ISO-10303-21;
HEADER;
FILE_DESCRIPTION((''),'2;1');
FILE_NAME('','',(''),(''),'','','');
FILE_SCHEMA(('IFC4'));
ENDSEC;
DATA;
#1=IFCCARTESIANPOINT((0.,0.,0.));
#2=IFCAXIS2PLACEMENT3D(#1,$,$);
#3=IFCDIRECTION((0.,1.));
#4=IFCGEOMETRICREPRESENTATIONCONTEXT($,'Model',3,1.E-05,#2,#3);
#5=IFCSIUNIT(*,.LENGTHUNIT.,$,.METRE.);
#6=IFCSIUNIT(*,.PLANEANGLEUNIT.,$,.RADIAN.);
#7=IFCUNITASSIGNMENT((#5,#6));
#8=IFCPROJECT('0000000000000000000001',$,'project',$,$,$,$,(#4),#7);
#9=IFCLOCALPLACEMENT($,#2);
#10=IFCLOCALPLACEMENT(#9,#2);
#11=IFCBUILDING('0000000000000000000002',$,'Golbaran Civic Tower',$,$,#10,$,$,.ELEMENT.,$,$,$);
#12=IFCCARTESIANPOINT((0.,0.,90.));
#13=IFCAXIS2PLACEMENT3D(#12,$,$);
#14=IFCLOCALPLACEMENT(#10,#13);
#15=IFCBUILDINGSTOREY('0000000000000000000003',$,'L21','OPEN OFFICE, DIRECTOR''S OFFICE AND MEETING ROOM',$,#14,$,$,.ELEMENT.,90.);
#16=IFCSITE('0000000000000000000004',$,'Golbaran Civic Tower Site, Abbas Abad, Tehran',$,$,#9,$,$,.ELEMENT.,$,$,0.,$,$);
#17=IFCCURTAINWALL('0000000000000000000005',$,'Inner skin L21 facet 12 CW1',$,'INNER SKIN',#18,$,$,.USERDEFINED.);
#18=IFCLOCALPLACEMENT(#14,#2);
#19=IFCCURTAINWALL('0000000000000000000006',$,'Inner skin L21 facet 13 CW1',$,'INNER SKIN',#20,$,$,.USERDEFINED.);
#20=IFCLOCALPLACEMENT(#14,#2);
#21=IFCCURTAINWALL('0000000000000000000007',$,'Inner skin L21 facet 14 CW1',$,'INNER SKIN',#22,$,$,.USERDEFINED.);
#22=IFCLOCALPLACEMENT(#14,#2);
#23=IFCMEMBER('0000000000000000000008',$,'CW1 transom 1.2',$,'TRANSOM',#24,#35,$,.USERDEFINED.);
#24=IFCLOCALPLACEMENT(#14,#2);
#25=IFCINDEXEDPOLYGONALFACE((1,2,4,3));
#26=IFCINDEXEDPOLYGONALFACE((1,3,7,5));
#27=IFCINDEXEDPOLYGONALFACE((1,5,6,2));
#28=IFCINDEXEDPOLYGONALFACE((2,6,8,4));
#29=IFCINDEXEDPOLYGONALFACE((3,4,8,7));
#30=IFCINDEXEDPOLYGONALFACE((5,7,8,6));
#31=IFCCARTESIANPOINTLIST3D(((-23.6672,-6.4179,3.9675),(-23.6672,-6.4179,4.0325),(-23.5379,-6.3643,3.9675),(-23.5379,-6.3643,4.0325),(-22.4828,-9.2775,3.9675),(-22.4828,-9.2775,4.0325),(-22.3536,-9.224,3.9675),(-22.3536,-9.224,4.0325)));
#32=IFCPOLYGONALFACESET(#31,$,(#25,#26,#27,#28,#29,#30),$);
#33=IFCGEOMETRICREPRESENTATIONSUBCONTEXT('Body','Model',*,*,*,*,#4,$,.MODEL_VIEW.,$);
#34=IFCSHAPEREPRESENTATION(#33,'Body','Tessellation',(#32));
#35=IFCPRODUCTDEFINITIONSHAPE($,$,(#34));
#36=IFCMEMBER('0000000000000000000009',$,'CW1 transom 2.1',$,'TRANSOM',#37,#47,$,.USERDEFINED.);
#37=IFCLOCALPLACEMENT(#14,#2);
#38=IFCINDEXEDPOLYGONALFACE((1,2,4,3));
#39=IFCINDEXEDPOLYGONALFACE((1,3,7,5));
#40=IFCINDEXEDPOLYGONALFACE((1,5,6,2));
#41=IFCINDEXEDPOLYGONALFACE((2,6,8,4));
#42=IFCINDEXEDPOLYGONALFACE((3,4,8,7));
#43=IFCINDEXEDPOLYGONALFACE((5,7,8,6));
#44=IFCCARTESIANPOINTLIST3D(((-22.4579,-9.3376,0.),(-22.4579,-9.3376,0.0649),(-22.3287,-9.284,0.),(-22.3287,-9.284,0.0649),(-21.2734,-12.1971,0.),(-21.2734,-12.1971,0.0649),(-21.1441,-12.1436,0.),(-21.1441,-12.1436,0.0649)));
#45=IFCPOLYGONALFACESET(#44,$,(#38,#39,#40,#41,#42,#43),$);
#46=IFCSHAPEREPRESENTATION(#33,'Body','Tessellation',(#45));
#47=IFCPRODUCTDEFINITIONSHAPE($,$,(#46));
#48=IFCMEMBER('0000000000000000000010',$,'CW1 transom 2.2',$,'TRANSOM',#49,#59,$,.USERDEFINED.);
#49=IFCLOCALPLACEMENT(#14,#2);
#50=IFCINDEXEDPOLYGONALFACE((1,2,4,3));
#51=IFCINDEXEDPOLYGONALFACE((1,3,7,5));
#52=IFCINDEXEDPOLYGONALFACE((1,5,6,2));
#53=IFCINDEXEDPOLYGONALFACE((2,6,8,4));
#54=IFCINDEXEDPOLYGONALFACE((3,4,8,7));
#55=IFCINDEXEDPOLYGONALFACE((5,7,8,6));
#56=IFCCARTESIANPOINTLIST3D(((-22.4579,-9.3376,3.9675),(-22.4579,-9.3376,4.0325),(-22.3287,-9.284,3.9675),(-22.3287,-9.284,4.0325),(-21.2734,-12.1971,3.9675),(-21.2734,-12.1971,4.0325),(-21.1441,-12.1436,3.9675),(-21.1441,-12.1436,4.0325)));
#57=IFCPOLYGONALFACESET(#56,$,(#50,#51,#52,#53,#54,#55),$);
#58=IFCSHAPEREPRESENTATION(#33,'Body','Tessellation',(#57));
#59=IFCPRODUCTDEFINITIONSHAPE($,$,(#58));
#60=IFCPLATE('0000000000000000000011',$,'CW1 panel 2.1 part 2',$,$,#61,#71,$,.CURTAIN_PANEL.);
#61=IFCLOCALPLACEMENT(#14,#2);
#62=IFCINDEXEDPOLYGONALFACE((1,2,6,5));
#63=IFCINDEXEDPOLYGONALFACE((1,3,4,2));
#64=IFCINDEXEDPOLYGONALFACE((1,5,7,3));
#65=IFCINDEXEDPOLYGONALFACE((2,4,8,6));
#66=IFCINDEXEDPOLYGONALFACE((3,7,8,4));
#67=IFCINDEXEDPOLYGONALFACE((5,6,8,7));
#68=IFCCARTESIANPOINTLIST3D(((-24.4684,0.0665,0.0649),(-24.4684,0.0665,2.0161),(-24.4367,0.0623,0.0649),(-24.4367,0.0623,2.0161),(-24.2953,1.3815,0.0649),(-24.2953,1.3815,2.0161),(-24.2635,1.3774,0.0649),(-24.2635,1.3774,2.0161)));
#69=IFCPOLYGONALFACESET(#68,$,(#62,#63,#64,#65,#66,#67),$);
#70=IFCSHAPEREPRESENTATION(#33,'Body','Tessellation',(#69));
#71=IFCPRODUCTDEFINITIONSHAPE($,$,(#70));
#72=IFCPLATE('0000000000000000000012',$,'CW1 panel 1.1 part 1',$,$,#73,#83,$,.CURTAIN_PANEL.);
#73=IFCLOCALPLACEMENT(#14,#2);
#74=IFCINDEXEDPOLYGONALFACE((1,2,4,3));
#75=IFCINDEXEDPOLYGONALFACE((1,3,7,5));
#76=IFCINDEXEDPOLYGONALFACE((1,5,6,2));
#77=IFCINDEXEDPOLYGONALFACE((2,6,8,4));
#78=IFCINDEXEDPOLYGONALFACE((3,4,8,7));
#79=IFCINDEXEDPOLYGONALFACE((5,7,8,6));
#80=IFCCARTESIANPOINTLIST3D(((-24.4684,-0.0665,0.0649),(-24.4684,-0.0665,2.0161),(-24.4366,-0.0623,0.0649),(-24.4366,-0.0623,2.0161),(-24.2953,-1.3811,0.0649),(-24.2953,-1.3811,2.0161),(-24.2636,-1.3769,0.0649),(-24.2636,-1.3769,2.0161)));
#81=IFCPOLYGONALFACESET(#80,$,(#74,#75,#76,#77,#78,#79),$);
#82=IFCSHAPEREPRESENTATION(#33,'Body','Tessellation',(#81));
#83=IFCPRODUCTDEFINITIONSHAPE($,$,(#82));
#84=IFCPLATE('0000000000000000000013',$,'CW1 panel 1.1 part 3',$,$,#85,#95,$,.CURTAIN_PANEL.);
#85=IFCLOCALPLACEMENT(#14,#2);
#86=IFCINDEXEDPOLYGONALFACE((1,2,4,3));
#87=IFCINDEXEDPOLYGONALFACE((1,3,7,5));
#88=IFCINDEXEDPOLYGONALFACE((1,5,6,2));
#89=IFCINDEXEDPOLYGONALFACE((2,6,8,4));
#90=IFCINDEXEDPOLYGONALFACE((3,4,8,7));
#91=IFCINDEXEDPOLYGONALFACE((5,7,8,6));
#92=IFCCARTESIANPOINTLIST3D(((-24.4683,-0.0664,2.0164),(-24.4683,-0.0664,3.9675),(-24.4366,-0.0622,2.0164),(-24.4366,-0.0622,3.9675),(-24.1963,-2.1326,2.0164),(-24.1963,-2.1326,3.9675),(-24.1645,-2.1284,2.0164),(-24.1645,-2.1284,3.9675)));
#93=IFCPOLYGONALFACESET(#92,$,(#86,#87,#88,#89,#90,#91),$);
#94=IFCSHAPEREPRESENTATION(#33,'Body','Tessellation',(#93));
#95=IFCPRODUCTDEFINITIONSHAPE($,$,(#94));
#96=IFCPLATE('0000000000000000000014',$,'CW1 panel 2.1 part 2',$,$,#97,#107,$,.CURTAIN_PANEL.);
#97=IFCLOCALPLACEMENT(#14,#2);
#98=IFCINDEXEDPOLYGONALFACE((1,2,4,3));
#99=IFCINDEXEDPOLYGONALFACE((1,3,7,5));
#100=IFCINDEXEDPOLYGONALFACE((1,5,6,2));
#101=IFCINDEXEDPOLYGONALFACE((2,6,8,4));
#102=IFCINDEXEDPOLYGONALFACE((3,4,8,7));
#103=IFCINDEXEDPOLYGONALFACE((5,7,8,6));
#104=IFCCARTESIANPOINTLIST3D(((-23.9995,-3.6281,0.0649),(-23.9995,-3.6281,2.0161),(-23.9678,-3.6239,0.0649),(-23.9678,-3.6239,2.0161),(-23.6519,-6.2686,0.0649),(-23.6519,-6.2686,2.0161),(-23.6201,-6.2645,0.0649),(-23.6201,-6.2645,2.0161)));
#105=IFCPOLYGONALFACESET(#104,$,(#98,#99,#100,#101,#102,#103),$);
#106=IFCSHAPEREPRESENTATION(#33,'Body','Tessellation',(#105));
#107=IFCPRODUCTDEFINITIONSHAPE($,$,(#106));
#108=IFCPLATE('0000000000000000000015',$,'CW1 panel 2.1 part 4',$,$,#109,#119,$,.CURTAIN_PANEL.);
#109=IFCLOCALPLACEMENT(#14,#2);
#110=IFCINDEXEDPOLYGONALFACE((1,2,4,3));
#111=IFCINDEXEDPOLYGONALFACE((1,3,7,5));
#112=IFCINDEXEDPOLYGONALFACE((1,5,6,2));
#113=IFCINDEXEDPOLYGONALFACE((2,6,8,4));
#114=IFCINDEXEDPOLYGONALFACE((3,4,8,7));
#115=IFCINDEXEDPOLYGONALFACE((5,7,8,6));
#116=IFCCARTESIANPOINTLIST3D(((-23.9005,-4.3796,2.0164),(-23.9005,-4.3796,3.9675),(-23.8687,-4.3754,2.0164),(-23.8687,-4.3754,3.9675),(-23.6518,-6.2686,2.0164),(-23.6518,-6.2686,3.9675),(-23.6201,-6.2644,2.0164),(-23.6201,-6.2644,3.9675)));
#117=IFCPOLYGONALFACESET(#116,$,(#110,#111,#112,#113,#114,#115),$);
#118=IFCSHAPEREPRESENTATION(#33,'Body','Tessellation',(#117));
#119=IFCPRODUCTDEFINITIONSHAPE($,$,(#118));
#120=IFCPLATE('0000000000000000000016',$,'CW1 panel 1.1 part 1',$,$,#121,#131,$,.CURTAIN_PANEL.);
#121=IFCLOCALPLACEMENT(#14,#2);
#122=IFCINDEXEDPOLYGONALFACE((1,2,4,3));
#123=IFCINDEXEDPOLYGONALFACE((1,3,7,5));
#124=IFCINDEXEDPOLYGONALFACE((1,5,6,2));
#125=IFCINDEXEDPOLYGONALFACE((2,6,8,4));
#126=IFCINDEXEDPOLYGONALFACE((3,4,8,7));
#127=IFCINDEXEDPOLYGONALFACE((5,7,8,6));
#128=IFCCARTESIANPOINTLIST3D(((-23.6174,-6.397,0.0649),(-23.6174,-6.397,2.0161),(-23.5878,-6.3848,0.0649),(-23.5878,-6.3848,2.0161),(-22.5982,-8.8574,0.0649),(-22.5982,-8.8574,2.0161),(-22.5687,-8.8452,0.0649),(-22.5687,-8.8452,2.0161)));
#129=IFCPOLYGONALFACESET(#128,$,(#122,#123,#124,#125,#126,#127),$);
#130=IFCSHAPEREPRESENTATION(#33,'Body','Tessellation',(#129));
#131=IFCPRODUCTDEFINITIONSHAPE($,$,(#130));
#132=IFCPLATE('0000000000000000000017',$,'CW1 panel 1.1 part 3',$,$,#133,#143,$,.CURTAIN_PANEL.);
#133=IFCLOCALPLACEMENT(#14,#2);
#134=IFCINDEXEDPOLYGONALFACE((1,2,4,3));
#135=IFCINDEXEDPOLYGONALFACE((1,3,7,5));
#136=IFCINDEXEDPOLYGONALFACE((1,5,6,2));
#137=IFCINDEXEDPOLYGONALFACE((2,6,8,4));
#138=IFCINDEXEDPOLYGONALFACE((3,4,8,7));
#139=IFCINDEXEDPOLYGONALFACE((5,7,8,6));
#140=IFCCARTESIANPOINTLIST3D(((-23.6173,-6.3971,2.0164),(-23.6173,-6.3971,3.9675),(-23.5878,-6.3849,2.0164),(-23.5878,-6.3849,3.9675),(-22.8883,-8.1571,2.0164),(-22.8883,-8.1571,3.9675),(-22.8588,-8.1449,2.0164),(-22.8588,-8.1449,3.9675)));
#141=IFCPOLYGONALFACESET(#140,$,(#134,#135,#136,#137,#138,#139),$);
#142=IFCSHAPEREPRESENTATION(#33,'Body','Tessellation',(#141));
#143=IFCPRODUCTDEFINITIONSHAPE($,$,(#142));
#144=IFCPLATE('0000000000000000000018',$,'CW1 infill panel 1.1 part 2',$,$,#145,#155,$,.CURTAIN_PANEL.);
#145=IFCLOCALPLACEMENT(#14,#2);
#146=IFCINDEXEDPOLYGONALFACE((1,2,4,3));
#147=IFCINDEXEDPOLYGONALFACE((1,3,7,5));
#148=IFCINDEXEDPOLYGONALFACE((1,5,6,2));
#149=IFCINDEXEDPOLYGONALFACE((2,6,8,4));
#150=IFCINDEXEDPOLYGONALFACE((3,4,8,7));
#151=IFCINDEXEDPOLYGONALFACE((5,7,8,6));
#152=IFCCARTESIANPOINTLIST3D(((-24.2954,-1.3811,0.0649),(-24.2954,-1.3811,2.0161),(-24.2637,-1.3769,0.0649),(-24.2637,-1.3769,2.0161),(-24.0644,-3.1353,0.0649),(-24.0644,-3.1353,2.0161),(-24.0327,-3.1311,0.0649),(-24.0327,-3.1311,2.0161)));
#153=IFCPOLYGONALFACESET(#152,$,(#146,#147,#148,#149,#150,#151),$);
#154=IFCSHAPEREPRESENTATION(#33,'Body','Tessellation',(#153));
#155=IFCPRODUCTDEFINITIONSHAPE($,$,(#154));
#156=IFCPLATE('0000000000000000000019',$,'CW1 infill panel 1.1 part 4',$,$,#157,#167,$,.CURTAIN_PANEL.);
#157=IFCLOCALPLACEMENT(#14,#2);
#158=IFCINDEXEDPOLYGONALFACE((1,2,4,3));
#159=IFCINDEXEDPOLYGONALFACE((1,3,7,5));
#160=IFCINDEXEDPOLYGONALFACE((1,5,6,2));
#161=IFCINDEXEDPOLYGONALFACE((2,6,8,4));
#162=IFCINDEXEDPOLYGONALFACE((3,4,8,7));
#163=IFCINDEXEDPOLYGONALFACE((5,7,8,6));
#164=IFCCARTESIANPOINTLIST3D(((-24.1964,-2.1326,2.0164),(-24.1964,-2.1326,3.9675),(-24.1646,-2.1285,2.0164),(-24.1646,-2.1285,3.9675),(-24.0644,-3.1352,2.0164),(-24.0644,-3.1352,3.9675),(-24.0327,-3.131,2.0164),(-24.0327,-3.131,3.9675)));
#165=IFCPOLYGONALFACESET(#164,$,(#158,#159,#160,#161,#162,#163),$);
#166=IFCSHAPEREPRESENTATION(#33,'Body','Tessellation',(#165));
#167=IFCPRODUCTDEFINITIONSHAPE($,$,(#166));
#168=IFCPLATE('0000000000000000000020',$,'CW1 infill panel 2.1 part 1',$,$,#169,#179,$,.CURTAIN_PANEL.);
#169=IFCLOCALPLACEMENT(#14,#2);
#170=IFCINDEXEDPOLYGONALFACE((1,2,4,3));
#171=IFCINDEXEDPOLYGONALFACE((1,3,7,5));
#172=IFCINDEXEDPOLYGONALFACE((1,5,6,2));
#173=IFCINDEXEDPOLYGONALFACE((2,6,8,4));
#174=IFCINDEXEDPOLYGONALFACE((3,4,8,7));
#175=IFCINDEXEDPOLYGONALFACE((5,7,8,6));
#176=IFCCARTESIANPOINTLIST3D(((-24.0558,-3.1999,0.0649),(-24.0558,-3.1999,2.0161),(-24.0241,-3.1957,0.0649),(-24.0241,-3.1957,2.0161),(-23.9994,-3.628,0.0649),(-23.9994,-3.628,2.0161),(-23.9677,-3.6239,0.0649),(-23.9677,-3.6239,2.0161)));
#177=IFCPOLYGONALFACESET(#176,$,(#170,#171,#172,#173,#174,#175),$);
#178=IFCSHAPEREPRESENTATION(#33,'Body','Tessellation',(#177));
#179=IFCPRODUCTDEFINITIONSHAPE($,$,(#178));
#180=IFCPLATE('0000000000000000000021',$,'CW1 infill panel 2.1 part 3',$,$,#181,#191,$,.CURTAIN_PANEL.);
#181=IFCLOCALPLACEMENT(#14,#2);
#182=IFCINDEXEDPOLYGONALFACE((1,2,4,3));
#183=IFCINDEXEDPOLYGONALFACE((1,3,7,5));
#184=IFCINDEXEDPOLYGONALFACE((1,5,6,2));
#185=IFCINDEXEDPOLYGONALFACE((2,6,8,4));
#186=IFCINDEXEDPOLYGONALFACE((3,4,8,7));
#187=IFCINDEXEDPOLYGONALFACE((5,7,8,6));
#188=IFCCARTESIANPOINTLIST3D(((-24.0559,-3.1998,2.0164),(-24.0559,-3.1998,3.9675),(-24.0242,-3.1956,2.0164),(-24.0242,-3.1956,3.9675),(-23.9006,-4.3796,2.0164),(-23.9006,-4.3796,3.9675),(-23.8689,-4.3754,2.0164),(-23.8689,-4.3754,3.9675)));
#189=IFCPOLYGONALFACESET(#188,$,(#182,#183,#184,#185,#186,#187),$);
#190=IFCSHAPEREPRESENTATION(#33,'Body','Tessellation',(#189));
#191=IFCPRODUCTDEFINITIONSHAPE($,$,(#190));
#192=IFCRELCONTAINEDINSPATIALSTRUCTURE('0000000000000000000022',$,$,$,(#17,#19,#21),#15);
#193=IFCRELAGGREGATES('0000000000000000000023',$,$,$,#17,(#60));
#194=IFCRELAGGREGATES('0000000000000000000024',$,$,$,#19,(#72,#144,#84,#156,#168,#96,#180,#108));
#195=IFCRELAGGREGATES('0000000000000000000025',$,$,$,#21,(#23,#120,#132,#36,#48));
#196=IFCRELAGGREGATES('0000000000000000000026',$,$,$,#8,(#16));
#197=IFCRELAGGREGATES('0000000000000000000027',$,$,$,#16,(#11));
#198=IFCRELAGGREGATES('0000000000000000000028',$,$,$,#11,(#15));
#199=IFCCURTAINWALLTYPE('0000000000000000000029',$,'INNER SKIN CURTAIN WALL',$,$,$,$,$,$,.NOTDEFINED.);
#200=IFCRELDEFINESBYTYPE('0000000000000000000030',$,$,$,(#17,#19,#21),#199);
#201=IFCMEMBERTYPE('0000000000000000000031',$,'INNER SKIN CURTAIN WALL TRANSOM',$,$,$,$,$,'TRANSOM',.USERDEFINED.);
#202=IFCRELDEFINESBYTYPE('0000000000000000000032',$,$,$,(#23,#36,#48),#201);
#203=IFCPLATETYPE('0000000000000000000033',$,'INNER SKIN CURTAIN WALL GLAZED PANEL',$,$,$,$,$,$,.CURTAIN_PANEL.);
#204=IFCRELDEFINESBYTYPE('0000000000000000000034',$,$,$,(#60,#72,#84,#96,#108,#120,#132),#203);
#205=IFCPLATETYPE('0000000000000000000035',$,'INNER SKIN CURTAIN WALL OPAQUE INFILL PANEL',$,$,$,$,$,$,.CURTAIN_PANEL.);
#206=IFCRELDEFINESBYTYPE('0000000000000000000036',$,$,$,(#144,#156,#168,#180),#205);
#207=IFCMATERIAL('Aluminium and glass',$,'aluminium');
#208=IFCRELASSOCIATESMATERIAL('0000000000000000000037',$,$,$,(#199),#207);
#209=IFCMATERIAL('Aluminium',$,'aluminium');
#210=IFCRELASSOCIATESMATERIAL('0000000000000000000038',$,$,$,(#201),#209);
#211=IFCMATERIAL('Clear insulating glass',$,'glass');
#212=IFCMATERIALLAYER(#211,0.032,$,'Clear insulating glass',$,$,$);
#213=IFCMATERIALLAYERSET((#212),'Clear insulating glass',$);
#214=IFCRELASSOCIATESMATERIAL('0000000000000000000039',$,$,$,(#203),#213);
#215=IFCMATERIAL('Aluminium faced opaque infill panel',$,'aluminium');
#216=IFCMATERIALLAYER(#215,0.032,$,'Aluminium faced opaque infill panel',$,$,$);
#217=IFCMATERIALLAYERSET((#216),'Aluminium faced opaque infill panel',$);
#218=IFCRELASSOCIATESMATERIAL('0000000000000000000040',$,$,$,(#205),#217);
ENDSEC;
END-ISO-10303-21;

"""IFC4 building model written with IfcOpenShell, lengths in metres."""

from ifc_helpers import new_model, si_unit, direction, frame, origin, origin_2d, place, context, subcontext, project, spatial, rectangle, extrude, material, layer, layer_set, material_profile, profile_set, type_object, element, aggregate, save


model = new_model("IFC4")

# Units and contexts
model_context = context("Model", 3, precision=1e-05, world=origin(), true_north=direction((0.0, 1.0)))
body_context = subcontext(model_context, "Body", "Model", "MODEL_VIEW")
ifc_project = project(units=[si_unit("LENGTHUNIT", "METRE"), si_unit("PLANEANGLEUNIT", "RADIAN")], contexts=[model_context])

# Site, building, storey
site_placement = place(None, origin())
site = spatial("IfcSite", under=ifc_project, at=site_placement, Name="Golbaran Civic Tower Site, Abbas Abad, Tehran", CompositionType="ELEMENT", RefElevation=0.0)
building_placement = place(site_placement, origin())
building = spatial("IfcBuilding", under=site, at=building_placement, Name="Golbaran Civic Tower", CompositionType="ELEMENT")
storey_placement = place(building_placement, frame((0.0, 0.0, 90.0)))
storey = spatial("IfcBuildingStorey", under=building, at=storey_placement, Name="L21", Description="OPEN OFFICE, DIRECTOR'S OFFICE AND MEETING ROOM", CompositionType="ELEMENT", Elevation=90.0)

# Curtain wall
ifc_material_1 = material(Name="Aluminium and glass", Category="aluminium")
curtain_wall_type = type_object("IfcCurtainWallType", Name="INNER SKIN CURTAIN WALL", PredefinedType="NOTDEFINED", material=ifc_material_1)
curtain_wall_1_placement = place(storey_placement, origin())
curtain_wall_1 = element("IfcCurtainWall", 1, at=curtain_wall_1_placement, inside=storey, type_object=curtain_wall_type, Name="Inner skin L21 facet 12 CW1", ObjectType="INNER SKIN", PredefinedType="USERDEFINED")
ifc_material_2 = material(Name="Aluminium", Category="aluminium")

# Curtain walls
curtain_wall_2_placement = place(storey_placement, origin())
curtain_wall_2 = element("IfcCurtainWall", 2, at=curtain_wall_2_placement, inside=storey, type_object=curtain_wall_type, Name="Inner skin L21 facet 13 CW1", ObjectType="INNER SKIN", PredefinedType="USERDEFINED")
curtain_wall_3_placement = place(storey_placement, origin())
curtain_wall_3 = element("IfcCurtainWall", 3, at=curtain_wall_3_placement, inside=storey, type_object=curtain_wall_type, Name="Inner skin L21 facet 14 CW1", ObjectType="INNER SKIN", PredefinedType="USERDEFINED")

# Members
ifc_material_profile_1 = material_profile(ifc_material_2, rectangle(XDim=0.1399, YDim=0.0649, at=origin_2d()), Name="INNER SKIN CURTAIN WALL TRANSOM")
ifc_profile_set_1 = profile_set([ifc_material_profile_1], Name="Aluminium")
member_type_1 = type_object("IfcMemberType", Name="INNER SKIN CURTAIN WALL TRANSOM", ElementType="TRANSOM", PredefinedType="USERDEFINED", material=ifc_profile_set_1)
member_1_placement = place(storey_placement, frame((-23.6025, -6.3911, 4.0), z_axis=(0.382637, -0.923899, 0.0), x_axis=(0.923899, 0.382637, 0.0)))
member_1 = element("IfcMember", 4, at=member_1_placement, type_object=member_type_1, Name="CW1 transom 1.2", ObjectType="TRANSOM", PredefinedType="USERDEFINED", context=body_context, shape_type="SweptSolid", body=[
    extrude(rectangle(XDim=0.1399, YDim=0.0649, at=origin_2d()), origin(), (0.0, 0.0, 1.0), 3.0952),
])
member_2_placement = place(storey_placement, frame((-22.3933, -9.3108, 0.0325), z_axis=(0.382705, -0.923871, 0.0), x_axis=(0.923871, 0.382705, 0.0)))
member_2 = element("IfcMember", 5, at=member_2_placement, type_object=member_type_1, Name="CW1 transom 2.1", ObjectType="TRANSOM", PredefinedType="USERDEFINED", context=body_context, shape_type="SweptSolid", body=[
    extrude(rectangle(XDim=0.1399, YDim=0.0649, at=origin_2d()), origin(), (0.0, 0.0, 1.0), 3.0952),
])
member_3_placement = place(storey_placement, frame((-22.3933, -9.3108, 4.0), z_axis=(0.382705, -0.923871, 0.0), x_axis=(0.923871, 0.382705, 0.0)))
member_3 = element("IfcMember", 6, at=member_3_placement, type_object=member_type_1, Name="CW1 transom 2.2", ObjectType="TRANSOM", PredefinedType="USERDEFINED", context=body_context, shape_type="SweptSolid", body=[
    extrude(rectangle(XDim=0.1399, YDim=0.0649, at=origin_2d()), origin(), (0.0, 0.0, 1.0), 3.0952),
])

# Plates
ifc_material_3 = material(Name="Clear insulating glass", Category="glass")
ifc_layer_1 = layer(ifc_material_3, 0.032, Name="Clear insulating glass")
ifc_layer_set_1 = layer_set([ifc_layer_1], Name="Clear insulating glass")
plate_type_1 = type_object("IfcPlateType", Name="INNER SKIN CURTAIN WALL GLAZED PANEL", PredefinedType="CURTAIN_PANEL", material=ifc_layer_set_1)
plate_1_placement = place(storey_placement, frame((-24.366, 0.7219, 0.0649), z_axis=(0.0, 0.0, 1.0), x_axis=(-0.130526, -0.991445, 0.0)))
plate_1 = element("IfcPlate", 7, at=plate_1_placement, type_object=plate_type_1, Name="CW1 panel 2.1 part 2", PredefinedType="CURTAIN_PANEL", context=body_context, shape_type="SweptSolid", body=[
    extrude(rectangle(XDim=1.3264, YDim=0.032, at=origin_2d()), origin(), (0.0, 0.0, 1.0), 1.9512),
])
aggregate(curtain_wall_1, [plate_1])
plate_2_placement = place(storey_placement, frame((-24.366, -0.7217, 0.0649), z_axis=(0.0, 0.0, 1.0), x_axis=(0.130526, -0.991445, 0.0)))
plate_2 = element("IfcPlate", 8, at=plate_2_placement, type_object=plate_type_1, Name="CW1 panel 1.1 part 1", PredefinedType="CURTAIN_PANEL", context=body_context, shape_type="SweptSolid", body=[
    extrude(rectangle(XDim=1.3259, YDim=0.032, at=origin_2d()), origin(), (0.0, 0.0, 1.0), 1.9512),
])
plate_3_placement = place(storey_placement, frame((-24.3164, -1.0974, 2.0164), z_axis=(0.0, 0.0, 1.0), x_axis=(0.130526, -0.991445, 0.0)))
plate_3 = element("IfcPlate", 9, at=plate_3_placement, type_object=plate_type_1, Name="CW1 panel 1.1 part 3", PredefinedType="CURTAIN_PANEL", context=body_context, shape_type="SweptSolid", body=[
    extrude(rectangle(XDim=2.084, YDim=0.032, at=origin_2d()), origin(), (0.0, 0.0, 1.0), 1.9512),
])
plate_4_placement = place(storey_placement, frame((-23.8098, -4.9463, 0.0649), z_axis=(0.0, 0.0, 1.0), x_axis=(0.130526, -0.991445, 0.0)))
plate_4 = element("IfcPlate", 10, at=plate_4_placement, type_object=plate_type_1, Name="CW1 panel 2.1 part 2", PredefinedType="CURTAIN_PANEL", context=body_context, shape_type="SweptSolid", body=[
    extrude(rectangle(XDim=2.6633, YDim=0.032, at=origin_2d()), origin(), (0.0, 0.0, 1.0), 1.9512),
])
plate_5_placement = place(storey_placement, frame((-23.7603, -5.322, 2.0164), z_axis=(0.0, 0.0, 1.0), x_axis=(0.130526, -0.991445, 0.0)))
plate_5 = element("IfcPlate", 11, at=plate_5_placement, type_object=plate_type_1, Name="CW1 panel 2.1 part 4", PredefinedType="CURTAIN_PANEL", context=body_context, shape_type="SweptSolid", body=[
    extrude(rectangle(XDim=1.9053, YDim=0.032, at=origin_2d()), origin(), (0.0, 0.0, 1.0), 1.9512),
])
plate_6_placement = place(storey_placement, frame((-23.093, -7.6211, 0.0649), z_axis=(0.0, 0.0, 1.0), x_axis=(0.382683, -0.92388, 0.0)))
plate_6 = element("IfcPlate", 12, at=plate_6_placement, type_object=plate_type_1, Name="CW1 panel 1.1 part 1", PredefinedType="CURTAIN_PANEL", context=body_context, shape_type="SweptSolid", body=[
    extrude(rectangle(XDim=2.6631, YDim=0.032, at=origin_2d()), origin(), (0.0, 0.0, 1.0), 1.9512),
])
plate_7_placement = place(storey_placement, frame((-23.238, -7.271, 2.0164), z_axis=(0.0, 0.0, 1.0), x_axis=(0.382683, -0.92388, 0.0)))
plate_7 = element("IfcPlate", 13, at=plate_7_placement, type_object=plate_type_1, Name="CW1 panel 1.1 part 3", PredefinedType="CURTAIN_PANEL", context=body_context, shape_type="SweptSolid", body=[
    extrude(rectangle(XDim=1.905, YDim=0.032, at=origin_2d()), origin(), (0.0, 0.0, 1.0), 1.9512),
])
ifc_material_4 = material(Name="Aluminium faced opaque infill panel", Category="aluminium")
ifc_layer_2 = layer(ifc_material_4, 0.032, Name="Aluminium faced opaque infill panel")
ifc_layer_set_2 = layer_set([ifc_layer_2], Name="Aluminium faced opaque infill panel")
plate_type_2 = type_object("IfcPlateType", Name="INNER SKIN CURTAIN WALL OPAQUE INFILL PANEL", PredefinedType="CURTAIN_PANEL", material=ifc_layer_set_2)
plate_8_placement = place(storey_placement, frame((-24.1641, -2.2561, 0.0649), z_axis=(0.0, 0.0, 1.0), x_axis=(0.130526, -0.991445, 0.0)))
plate_8 = element("IfcPlate", 14, at=plate_8_placement, type_object=plate_type_2, Name="CW1 infill panel 1.1 part 2", PredefinedType="CURTAIN_PANEL", context=body_context, shape_type="SweptSolid", body=[
    extrude(rectangle(XDim=1.7693, YDim=0.032, at=origin_2d()), origin(), (0.0, 0.0, 1.0), 1.9512),
])
plate_9_placement = place(storey_placement, frame((-24.1145, -2.6318, 2.0164), z_axis=(0.0, 0.0, 1.0), x_axis=(0.130526, -0.991445, 0.0)))
plate_9 = element("IfcPlate", 15, at=plate_9_placement, type_object=plate_type_2, Name="CW1 infill panel 1.1 part 4", PredefinedType="CURTAIN_PANEL", context=body_context, shape_type="SweptSolid", body=[
    extrude(rectangle(XDim=1.0112, YDim=0.032, at=origin_2d()), origin(), (0.0, 0.0, 1.0), 1.9512),
])
plate_10_placement = place(storey_placement, frame((-24.0117, -3.4119, 0.0649), z_axis=(0.0, 0.0, 1.0), x_axis=(0.130526, -0.991445, 0.0)))
plate_10 = element("IfcPlate", 16, at=plate_10_placement, type_object=plate_type_2, Name="CW1 infill panel 2.1 part 1", PredefinedType="CURTAIN_PANEL", context=body_context, shape_type="SweptSolid", body=[
    extrude(rectangle(XDim=0.4319, YDim=0.032, at=origin_2d()), origin(), (0.0, 0.0, 1.0), 1.9512),
])
plate_11_placement = place(storey_placement, frame((-23.9624, -3.7876, 2.0164), z_axis=(0.0, 0.0, 1.0), x_axis=(0.130526, -0.991445, 0.0)))
plate_11 = element("IfcPlate", 17, at=plate_11_placement, type_object=plate_type_2, Name="CW1 infill panel 2.1 part 3", PredefinedType="CURTAIN_PANEL", context=body_context, shape_type="SweptSolid", body=[
    extrude(rectangle(XDim=1.1899, YDim=0.032, at=origin_2d()), origin(), (0.0, 0.0, 1.0), 1.9512),
])
aggregate(curtain_wall_2, [plate_2, plate_8, plate_3, plate_9, plate_10, plate_4, plate_11, plate_5])
aggregate(curtain_wall_3, [member_1, plate_6, plate_7, member_2, member_3])

save(model, "model.ifc")
